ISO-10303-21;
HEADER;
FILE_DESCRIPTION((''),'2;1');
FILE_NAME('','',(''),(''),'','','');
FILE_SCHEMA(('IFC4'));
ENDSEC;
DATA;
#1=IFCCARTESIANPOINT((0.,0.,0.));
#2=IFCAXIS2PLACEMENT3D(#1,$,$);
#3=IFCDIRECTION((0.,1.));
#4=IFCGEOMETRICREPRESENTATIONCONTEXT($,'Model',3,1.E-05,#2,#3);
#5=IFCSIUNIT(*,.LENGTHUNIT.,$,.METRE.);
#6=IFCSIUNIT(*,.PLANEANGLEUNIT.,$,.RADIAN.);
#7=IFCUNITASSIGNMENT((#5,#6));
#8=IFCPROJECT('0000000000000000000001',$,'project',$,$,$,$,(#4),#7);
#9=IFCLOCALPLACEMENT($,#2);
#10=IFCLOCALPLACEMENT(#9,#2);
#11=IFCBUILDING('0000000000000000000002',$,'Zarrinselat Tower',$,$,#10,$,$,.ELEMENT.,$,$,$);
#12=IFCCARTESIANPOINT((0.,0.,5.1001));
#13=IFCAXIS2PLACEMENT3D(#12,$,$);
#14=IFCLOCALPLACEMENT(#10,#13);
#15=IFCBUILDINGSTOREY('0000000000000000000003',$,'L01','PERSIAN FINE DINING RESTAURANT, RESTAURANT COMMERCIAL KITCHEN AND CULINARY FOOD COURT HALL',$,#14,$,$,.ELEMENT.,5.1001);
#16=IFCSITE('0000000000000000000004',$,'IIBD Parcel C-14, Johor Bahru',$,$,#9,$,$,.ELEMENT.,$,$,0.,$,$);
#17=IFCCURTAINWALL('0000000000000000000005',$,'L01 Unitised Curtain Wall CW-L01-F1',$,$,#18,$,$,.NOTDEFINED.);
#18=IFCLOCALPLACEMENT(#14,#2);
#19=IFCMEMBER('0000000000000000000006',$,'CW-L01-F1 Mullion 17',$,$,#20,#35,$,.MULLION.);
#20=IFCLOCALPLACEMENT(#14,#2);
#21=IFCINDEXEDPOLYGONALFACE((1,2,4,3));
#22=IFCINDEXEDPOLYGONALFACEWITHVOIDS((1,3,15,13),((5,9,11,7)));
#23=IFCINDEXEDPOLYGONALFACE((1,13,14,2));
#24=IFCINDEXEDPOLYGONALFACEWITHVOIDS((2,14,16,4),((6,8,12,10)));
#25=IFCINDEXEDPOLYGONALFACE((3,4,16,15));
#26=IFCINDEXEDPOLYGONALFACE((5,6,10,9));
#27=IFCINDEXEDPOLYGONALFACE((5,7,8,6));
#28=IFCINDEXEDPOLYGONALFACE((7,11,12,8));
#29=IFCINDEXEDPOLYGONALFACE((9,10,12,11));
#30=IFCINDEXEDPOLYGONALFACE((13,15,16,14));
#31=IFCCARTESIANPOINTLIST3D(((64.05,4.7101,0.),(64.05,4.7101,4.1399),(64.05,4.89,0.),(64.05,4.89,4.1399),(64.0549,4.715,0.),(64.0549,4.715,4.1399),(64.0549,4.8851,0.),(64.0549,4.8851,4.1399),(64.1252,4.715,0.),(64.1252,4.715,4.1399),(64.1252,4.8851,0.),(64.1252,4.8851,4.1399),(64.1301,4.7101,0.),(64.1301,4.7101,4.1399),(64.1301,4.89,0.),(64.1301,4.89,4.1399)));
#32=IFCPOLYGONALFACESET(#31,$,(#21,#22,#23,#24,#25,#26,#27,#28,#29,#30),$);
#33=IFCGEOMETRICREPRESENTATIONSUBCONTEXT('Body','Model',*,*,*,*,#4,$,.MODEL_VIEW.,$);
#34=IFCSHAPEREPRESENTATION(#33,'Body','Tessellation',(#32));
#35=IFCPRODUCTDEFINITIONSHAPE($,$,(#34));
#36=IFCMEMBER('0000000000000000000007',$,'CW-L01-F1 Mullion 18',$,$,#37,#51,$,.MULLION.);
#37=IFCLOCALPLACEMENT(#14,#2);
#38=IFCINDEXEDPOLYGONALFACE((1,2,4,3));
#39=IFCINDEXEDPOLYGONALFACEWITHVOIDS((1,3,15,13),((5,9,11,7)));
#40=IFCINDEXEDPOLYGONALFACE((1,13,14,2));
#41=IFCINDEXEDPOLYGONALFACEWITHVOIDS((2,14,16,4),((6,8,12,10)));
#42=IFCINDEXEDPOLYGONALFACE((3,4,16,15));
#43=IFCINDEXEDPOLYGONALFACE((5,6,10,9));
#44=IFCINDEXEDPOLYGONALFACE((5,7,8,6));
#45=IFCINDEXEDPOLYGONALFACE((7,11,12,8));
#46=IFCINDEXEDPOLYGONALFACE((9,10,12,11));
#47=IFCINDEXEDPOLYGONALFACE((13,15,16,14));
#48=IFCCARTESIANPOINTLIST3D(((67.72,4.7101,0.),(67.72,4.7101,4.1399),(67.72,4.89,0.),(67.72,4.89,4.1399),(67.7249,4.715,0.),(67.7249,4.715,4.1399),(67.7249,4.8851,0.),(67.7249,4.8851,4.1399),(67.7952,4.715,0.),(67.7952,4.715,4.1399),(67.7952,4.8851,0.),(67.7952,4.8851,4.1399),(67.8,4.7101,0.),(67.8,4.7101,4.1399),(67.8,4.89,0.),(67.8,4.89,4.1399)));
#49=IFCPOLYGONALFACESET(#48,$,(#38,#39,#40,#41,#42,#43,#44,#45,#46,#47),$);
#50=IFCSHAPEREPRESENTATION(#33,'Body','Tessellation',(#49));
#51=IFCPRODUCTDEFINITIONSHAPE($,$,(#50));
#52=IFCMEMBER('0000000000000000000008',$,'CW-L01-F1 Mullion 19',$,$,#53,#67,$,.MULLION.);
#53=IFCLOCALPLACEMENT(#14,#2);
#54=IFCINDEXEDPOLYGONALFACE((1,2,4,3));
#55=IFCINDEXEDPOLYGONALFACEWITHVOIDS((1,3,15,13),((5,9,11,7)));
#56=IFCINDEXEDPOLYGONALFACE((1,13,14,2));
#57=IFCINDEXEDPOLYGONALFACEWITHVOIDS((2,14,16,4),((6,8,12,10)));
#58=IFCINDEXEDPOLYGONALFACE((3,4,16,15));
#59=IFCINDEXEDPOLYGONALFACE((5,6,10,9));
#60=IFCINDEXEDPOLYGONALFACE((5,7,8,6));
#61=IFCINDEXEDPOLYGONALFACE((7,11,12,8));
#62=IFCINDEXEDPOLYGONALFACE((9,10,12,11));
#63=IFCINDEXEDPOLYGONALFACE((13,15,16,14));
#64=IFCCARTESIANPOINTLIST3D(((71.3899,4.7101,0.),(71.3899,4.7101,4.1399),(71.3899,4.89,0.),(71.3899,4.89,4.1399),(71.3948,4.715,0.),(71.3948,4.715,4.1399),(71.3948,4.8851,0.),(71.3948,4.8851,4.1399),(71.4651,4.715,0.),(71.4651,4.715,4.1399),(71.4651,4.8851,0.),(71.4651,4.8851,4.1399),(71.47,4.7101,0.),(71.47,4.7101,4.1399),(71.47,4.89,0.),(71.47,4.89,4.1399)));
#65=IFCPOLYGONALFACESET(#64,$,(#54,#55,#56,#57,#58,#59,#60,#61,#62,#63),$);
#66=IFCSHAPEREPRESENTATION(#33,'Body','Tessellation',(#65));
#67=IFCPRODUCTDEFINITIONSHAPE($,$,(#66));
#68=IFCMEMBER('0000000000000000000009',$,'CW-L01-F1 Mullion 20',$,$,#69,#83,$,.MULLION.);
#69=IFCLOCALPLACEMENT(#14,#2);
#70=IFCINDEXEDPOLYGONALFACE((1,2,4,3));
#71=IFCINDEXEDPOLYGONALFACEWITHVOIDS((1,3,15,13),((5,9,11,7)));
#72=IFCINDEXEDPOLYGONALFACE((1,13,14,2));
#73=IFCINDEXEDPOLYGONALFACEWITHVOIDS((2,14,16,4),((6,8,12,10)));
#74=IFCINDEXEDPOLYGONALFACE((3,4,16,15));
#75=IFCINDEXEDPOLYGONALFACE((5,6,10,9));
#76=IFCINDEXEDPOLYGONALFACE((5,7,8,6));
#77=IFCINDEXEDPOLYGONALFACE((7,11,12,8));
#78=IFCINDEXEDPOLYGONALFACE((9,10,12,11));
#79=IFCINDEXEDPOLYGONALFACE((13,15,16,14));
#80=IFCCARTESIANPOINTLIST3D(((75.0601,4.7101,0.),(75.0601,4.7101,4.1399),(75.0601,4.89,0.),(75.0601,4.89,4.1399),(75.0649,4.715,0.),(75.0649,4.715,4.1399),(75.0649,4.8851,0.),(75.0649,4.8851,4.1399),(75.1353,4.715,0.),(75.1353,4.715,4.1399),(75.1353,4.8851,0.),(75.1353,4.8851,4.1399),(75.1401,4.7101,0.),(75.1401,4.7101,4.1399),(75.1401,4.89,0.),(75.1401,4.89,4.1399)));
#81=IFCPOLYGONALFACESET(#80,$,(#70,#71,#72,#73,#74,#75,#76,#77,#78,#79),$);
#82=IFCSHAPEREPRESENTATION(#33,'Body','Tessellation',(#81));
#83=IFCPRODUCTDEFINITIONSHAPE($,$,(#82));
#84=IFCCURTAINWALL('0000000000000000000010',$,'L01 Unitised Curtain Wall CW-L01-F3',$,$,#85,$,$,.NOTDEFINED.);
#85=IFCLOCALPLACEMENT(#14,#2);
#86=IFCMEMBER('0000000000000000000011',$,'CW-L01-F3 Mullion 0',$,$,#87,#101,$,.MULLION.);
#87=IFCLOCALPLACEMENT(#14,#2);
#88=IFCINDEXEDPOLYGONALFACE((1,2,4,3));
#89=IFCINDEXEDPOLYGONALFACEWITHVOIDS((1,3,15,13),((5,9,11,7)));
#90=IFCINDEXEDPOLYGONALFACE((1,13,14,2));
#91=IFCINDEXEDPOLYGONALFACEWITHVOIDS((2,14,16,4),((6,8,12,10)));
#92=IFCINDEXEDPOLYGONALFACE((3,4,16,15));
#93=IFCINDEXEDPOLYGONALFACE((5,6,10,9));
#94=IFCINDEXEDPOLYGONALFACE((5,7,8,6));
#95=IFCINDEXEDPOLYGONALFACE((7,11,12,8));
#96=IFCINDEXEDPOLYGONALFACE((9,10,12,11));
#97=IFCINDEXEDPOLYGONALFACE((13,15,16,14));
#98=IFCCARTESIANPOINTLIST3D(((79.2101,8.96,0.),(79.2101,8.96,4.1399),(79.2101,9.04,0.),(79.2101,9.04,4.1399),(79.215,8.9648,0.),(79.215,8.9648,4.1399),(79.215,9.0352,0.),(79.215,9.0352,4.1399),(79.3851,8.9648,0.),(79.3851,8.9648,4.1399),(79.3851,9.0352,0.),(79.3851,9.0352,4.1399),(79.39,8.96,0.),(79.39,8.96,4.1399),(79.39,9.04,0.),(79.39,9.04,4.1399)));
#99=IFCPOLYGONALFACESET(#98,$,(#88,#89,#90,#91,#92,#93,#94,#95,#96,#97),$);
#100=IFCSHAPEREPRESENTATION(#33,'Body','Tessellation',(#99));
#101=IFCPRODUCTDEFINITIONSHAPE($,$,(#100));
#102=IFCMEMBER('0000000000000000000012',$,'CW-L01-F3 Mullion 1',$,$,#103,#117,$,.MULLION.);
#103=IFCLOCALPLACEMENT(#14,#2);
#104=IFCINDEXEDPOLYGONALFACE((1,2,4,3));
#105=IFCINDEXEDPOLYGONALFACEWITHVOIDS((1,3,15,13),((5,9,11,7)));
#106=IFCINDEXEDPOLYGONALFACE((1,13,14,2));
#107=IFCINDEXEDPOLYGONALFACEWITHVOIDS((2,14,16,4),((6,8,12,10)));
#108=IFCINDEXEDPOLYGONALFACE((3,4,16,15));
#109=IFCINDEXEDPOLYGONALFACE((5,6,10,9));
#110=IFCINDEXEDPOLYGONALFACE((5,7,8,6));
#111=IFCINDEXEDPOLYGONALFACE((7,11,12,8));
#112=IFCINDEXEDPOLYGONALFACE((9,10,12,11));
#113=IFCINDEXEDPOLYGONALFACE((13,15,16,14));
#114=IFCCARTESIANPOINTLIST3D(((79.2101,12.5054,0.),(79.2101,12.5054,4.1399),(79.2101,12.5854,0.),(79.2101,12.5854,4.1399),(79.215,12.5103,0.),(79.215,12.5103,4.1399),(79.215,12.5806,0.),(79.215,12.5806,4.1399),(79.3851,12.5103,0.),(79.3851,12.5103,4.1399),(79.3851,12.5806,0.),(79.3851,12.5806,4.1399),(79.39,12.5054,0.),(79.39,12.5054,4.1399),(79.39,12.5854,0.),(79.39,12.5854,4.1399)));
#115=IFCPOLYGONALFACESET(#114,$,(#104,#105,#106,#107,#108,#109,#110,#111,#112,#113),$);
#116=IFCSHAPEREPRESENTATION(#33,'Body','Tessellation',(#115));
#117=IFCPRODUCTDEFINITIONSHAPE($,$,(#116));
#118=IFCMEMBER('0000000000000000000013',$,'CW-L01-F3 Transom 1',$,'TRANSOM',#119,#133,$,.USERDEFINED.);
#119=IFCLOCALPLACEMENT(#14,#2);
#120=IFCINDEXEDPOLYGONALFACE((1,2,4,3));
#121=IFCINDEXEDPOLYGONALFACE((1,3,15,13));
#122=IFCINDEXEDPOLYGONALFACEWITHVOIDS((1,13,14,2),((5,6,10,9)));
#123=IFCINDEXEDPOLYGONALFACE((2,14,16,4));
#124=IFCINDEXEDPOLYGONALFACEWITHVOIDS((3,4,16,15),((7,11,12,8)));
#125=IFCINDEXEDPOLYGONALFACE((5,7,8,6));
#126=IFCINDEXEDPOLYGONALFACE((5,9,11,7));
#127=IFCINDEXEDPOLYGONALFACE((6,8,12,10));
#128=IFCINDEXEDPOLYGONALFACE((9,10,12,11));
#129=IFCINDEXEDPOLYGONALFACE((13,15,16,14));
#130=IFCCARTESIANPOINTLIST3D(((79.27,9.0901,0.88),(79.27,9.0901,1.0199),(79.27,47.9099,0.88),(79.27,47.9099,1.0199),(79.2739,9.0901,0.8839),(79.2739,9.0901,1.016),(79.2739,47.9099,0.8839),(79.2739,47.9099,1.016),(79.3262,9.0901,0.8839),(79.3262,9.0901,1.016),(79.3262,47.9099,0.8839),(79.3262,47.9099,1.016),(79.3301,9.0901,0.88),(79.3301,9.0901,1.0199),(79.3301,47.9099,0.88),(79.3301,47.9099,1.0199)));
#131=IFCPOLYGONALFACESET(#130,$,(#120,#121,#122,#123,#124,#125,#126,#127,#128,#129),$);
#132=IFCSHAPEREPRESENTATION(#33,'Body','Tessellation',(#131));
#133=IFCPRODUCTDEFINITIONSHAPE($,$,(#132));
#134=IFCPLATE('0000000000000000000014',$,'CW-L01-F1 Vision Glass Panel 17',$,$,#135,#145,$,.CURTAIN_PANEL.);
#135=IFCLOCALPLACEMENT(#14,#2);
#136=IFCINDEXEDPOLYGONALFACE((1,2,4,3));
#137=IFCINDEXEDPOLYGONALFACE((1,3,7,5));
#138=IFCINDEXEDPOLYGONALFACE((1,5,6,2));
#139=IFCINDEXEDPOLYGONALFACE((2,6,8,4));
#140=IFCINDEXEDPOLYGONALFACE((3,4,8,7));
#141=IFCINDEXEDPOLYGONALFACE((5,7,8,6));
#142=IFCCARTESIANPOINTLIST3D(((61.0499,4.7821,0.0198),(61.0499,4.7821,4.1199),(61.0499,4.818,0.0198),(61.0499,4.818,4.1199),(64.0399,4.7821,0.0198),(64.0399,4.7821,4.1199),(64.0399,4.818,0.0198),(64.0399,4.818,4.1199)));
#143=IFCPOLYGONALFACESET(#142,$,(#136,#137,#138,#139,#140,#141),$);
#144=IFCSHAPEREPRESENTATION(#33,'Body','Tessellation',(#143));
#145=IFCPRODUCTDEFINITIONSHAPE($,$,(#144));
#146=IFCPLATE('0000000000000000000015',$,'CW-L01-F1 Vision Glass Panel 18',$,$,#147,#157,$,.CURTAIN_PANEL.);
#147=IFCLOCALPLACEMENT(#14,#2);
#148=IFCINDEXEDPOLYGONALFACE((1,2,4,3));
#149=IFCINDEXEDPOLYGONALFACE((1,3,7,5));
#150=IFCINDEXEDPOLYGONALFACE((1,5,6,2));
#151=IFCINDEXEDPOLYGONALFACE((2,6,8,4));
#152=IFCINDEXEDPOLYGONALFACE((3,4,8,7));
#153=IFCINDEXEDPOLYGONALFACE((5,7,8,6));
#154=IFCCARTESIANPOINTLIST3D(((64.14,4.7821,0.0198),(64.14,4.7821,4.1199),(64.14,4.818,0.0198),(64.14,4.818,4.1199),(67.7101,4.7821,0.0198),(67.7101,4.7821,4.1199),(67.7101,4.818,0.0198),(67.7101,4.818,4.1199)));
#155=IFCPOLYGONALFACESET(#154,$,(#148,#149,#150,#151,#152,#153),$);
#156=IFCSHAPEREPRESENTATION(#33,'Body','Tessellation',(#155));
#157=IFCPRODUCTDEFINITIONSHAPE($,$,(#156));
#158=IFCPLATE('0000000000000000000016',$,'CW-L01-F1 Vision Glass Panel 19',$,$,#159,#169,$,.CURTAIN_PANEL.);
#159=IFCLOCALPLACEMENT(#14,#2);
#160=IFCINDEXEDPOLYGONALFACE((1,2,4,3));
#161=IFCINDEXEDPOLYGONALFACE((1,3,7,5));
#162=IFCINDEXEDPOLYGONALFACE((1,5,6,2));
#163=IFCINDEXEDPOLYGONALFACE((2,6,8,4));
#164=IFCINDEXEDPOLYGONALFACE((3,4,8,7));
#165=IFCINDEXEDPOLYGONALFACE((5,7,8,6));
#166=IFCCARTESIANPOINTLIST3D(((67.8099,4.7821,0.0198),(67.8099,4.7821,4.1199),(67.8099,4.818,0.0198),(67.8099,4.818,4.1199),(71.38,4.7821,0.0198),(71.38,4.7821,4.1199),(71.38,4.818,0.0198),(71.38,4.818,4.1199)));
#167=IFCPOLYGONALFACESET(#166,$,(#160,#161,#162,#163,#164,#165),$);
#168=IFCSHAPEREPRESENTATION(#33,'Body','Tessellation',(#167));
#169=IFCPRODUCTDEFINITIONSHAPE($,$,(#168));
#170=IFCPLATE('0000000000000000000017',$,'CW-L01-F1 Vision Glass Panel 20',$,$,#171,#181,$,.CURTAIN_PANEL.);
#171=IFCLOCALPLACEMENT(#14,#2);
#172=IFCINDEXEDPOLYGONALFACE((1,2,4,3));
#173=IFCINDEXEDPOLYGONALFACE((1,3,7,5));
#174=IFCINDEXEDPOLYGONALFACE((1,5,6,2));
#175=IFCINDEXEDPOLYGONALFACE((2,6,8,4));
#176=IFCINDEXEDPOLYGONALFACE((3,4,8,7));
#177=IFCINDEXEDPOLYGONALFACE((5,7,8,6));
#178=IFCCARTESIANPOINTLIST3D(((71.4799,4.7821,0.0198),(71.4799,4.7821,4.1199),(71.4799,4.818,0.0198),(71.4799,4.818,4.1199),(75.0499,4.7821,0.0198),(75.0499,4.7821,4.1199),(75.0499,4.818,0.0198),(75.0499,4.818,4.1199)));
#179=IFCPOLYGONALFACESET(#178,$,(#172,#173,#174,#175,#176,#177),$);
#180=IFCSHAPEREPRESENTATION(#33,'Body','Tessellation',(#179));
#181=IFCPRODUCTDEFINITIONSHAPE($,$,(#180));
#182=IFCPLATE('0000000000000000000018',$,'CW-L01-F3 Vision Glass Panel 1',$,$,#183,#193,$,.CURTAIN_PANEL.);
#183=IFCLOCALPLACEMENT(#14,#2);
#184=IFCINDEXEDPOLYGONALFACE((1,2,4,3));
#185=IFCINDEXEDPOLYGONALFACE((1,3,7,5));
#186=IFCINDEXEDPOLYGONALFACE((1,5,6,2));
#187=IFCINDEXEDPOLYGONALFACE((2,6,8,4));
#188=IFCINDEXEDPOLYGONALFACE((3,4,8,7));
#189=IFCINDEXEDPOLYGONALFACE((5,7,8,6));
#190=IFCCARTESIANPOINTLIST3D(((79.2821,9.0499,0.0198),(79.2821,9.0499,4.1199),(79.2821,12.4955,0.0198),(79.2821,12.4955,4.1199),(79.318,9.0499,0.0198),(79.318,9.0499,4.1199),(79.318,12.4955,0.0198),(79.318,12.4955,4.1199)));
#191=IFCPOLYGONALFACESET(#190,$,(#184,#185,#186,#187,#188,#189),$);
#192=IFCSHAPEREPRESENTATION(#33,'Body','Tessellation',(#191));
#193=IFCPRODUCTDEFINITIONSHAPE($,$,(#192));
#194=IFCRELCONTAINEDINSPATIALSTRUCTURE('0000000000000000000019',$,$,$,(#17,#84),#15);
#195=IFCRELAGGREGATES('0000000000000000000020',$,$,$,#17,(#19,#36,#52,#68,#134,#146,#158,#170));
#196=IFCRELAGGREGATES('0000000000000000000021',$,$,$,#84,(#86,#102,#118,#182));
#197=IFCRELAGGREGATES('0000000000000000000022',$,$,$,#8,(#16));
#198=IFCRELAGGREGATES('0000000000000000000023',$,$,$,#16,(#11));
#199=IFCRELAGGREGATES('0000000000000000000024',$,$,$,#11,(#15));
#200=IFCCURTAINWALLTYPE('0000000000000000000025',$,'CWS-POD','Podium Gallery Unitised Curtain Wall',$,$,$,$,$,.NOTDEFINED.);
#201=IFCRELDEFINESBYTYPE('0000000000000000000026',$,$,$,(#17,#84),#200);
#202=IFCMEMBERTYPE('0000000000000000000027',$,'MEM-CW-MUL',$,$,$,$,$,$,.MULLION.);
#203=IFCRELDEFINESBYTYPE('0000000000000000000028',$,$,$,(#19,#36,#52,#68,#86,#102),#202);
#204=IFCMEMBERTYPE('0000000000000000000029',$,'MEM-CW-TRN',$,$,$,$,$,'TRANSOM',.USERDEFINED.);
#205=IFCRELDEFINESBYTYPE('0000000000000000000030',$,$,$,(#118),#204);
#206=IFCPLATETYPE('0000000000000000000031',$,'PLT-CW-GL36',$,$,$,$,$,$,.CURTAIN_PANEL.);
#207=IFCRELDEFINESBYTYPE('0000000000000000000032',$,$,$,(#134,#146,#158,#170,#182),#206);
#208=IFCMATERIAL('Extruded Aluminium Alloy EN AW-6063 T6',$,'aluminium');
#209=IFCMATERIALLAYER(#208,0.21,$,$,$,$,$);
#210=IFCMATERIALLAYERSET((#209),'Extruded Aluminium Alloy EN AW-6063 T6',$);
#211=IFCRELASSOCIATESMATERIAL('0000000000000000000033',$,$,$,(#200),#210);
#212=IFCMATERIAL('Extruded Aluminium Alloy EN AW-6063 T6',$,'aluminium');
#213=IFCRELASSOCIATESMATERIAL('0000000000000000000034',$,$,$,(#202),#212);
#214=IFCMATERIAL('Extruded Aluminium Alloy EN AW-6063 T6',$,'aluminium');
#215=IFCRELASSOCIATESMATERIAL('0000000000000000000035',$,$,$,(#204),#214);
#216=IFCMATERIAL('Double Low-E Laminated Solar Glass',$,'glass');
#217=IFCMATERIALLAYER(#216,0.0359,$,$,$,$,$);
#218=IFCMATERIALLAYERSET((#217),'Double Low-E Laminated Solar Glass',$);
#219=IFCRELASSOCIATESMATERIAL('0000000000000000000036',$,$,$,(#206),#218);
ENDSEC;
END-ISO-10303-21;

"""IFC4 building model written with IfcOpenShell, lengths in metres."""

from ifc_helpers import new_model, si_unit, direction, frame, origin, origin_2d, place, context, subcontext, project, spatial, rectangle, hollow_rectangle, extrude, material, layer, layer_set, material_profile, profile_set, type_object, element, aggregate, save


model = new_model("IFC4")

# Units and contexts
model_context = context("Model", 3, precision=1e-05, world=origin(), true_north=direction((0.0, 1.0)))
body_context = subcontext(model_context, "Body", "Model", "MODEL_VIEW")
ifc_project = project(units=[si_unit("LENGTHUNIT", "METRE"), si_unit("PLANEANGLEUNIT", "RADIAN")], contexts=[model_context])

# Site, building, storey
site_placement = place(None, origin())
site = spatial("IfcSite", under=ifc_project, at=site_placement, Name="IIBD Parcel C-14, Johor Bahru", CompositionType="ELEMENT", RefElevation=0.0)
building_placement = place(site_placement, origin())
building = spatial("IfcBuilding", under=site, at=building_placement, Name="Zarrinselat Tower", CompositionType="ELEMENT")
storey_placement = place(building_placement, frame((0.0, 0.0, 5.1001)))
storey = spatial("IfcBuildingStorey", under=building, at=storey_placement, Name="L01", Description="PERSIAN FINE DINING RESTAURANT, RESTAURANT COMMERCIAL KITCHEN AND CULINARY FOOD COURT HALL", CompositionType="ELEMENT", Elevation=5.1001)

# Curtain walls, members
ifc_material_1 = material(Name="Extruded Aluminium Alloy EN AW-6063 T6", Category="aluminium")
ifc_layer_1 = layer(ifc_material_1, 0.21)
ifc_layer_set_1 = layer_set([ifc_layer_1], Name="Extruded Aluminium Alloy EN AW-6063 T6")
curtain_wall_type = type_object("IfcCurtainWallType", Name="CWS-POD", Description="Podium Gallery Unitised Curtain Wall", PredefinedType="NOTDEFINED", material=ifc_layer_set_1)
curtain_wall_1_placement = place(storey_placement, origin())
curtain_wall_1 = element("IfcCurtainWall", 1, at=curtain_wall_1_placement, inside=storey, type_object=curtain_wall_type, Name="L01 Unitised Curtain Wall CW-L01-F1", PredefinedType="NOTDEFINED")
ifc_material_2 = material(Name="Extruded Aluminium Alloy EN AW-6063 T6", Category="aluminium")
ifc_material_profile_1 = material_profile(ifc_material_2, hollow_rectangle(XDim=0.0801, YDim=0.1799, WallThickness=0.0049, at=origin_2d()), Name="RHS 180x80x5")
ifc_profile_set_1 = profile_set([ifc_material_profile_1], Name="Extruded Aluminium Alloy EN AW-6063 T6")
member_type_1 = type_object("IfcMemberType", Name="MEM-CW-MUL", PredefinedType="MULLION", material=ifc_profile_set_1)
member_1_placement = place(storey_placement, frame((64.0901, 4.8, 0.0), z_axis=(0.0, 0.0, 1.0), x_axis=(1.0, 0.0, 0.0)))
member_1 = element("IfcMember", 2, at=member_1_placement, type_object=member_type_1, Name="CW-L01-F1 Mullion 17", PredefinedType="MULLION", context=body_context, shape_type="SweptSolid", body=[
    extrude(hollow_rectangle(XDim=0.0801, YDim=0.1799, WallThickness=0.0049, at=origin_2d()), origin(), (0.0, 0.0, 1.0), 4.1399),
])
member_2_placement = place(storey_placement, frame((67.76, 4.8, 0.0), z_axis=(0.0, 0.0, 1.0), x_axis=(1.0, 0.0, 0.0)))
member_2 = element("IfcMember", 3, at=member_2_placement, type_object=member_type_1, Name="CW-L01-F1 Mullion 18", PredefinedType="MULLION", context=body_context, shape_type="SweptSolid", body=[
    extrude(hollow_rectangle(XDim=0.0801, YDim=0.1799, WallThickness=0.0049, at=origin_2d()), origin(), (0.0, 0.0, 1.0), 4.1399),
])
member_3_placement = place(storey_placement, frame((71.4299, 4.8, 0.0), z_axis=(0.0, 0.0, 1.0), x_axis=(1.0, 0.0, 0.0)))
member_3 = element("IfcMember", 4, at=member_3_placement, type_object=member_type_1, Name="CW-L01-F1 Mullion 19", PredefinedType="MULLION", context=body_context, shape_type="SweptSolid", body=[
    extrude(hollow_rectangle(XDim=0.0801, YDim=0.1799, WallThickness=0.0049, at=origin_2d()), origin(), (0.0, 0.0, 1.0), 4.1399),
])
member_4_placement = place(storey_placement, frame((75.1001, 4.8, 0.0), z_axis=(0.0, 0.0, 1.0), x_axis=(1.0, 0.0, 0.0)))
member_4 = element("IfcMember", 5, at=member_4_placement, type_object=member_type_1, Name="CW-L01-F1 Mullion 20", PredefinedType="MULLION", context=body_context, shape_type="SweptSolid", body=[
    extrude(hollow_rectangle(XDim=0.0801, YDim=0.1799, WallThickness=0.0049, at=origin_2d()), origin(), (0.0, 0.0, 1.0), 4.1399),
])
curtain_wall_2_placement = place(storey_placement, origin())
curtain_wall_2 = element("IfcCurtainWall", 6, at=curtain_wall_2_placement, inside=storey, type_object=curtain_wall_type, Name="L01 Unitised Curtain Wall CW-L01-F3", PredefinedType="NOTDEFINED")
member_5_placement = place(storey_placement, frame((79.3, 9.0, 0.0), z_axis=(0.0, 0.0, 1.0), x_axis=(0.0, 1.0, 0.0)))
member_5 = element("IfcMember", 7, at=member_5_placement, type_object=member_type_1, Name="CW-L01-F3 Mullion 0", PredefinedType="MULLION", context=body_context, shape_type="SweptSolid", body=[
    extrude(hollow_rectangle(XDim=0.0801, YDim=0.1799, WallThickness=0.0049, at=origin_2d()), origin(), (0.0, 0.0, 1.0), 4.1399),
])
member_6_placement = place(storey_placement, frame((79.3, 12.5454, 0.0), z_axis=(0.0, 0.0, 1.0), x_axis=(0.0, 1.0, 0.0)))
member_6 = element("IfcMember", 8, at=member_6_placement, type_object=member_type_1, Name="CW-L01-F3 Mullion 1", PredefinedType="MULLION", context=body_context, shape_type="SweptSolid", body=[
    extrude(hollow_rectangle(XDim=0.0801, YDim=0.1799, WallThickness=0.0049, at=origin_2d()), origin(), (0.0, 0.0, 1.0), 4.1399),
])
ifc_material_3 = material(Name="Extruded Aluminium Alloy EN AW-6063 T6", Category="aluminium")
ifc_material_profile_2 = material_profile(ifc_material_3, hollow_rectangle(XDim=0.0601, YDim=0.1399, WallThickness=0.0039, at=origin_2d()), Name="RHS 140x60x4")
ifc_profile_set_2 = profile_set([ifc_material_profile_2], Name="Extruded Aluminium Alloy EN AW-6063 T6")
member_type_2 = type_object("IfcMemberType", Name="MEM-CW-TRN", ElementType="TRANSOM", PredefinedType="USERDEFINED", material=ifc_profile_set_2)
member_7_placement = place(storey_placement, frame((79.3, 9.0901, 0.95), z_axis=(0.0, 1.0, 0.0), x_axis=(-1.0, 0.0, 0.0)))
member_7 = element("IfcMember", 9, at=member_7_placement, type_object=member_type_2, Name="CW-L01-F3 Transom 1", ObjectType="TRANSOM", PredefinedType="USERDEFINED", context=body_context, shape_type="SweptSolid", body=[
    extrude(hollow_rectangle(XDim=0.0601, YDim=0.1399, WallThickness=0.0039, at=origin_2d()), origin(), (0.0, 0.0, 1.0), 38.8198),
])

# Plates
ifc_material_4 = material(Name="Double Low-E Laminated Solar Glass", Category="glass")
ifc_layer_2 = layer(ifc_material_4, 0.0359)
ifc_layer_set_2 = layer_set([ifc_layer_2], Name="Double Low-E Laminated Solar Glass")
plate_type = type_object("IfcPlateType", Name="PLT-CW-GL36", PredefinedType="CURTAIN_PANEL", material=ifc_layer_set_2)
plate_1_placement = place(storey_placement, frame((62.5449, 4.8, 0.0198), z_axis=(0.0, 0.0, 1.0), x_axis=(1.0, 0.0, 0.0)))
plate_1 = element("IfcPlate", 10, at=plate_1_placement, type_object=plate_type, Name="CW-L01-F1 Vision Glass Panel 17", PredefinedType="CURTAIN_PANEL", context=body_context, shape_type="SweptSolid", body=[
    extrude(rectangle(XDim=2.99, YDim=0.0359, at=origin_2d()), origin(), (0.0, 0.0, 1.0), 4.1001),
])
plate_2_placement = place(storey_placement, frame((65.925, 4.8, 0.0198), z_axis=(0.0, 0.0, 1.0), x_axis=(1.0, 0.0, 0.0)))
plate_2 = element("IfcPlate", 11, at=plate_2_placement, type_object=plate_type, Name="CW-L01-F1 Vision Glass Panel 18", PredefinedType="CURTAIN_PANEL", context=body_context, shape_type="SweptSolid", body=[
    extrude(rectangle(XDim=3.5701, YDim=0.0359, at=origin_2d()), origin(), (0.0, 0.0, 1.0), 4.1001),
])
plate_3_placement = place(storey_placement, frame((69.595, 4.8, 0.0198), z_axis=(0.0, 0.0, 1.0), x_axis=(1.0, 0.0, 0.0)))
plate_3 = element("IfcPlate", 12, at=plate_3_placement, type_object=plate_type, Name="CW-L01-F1 Vision Glass Panel 19", PredefinedType="CURTAIN_PANEL", context=body_context, shape_type="SweptSolid", body=[
    extrude(rectangle(XDim=3.5701, YDim=0.0359, at=origin_2d()), origin(), (0.0, 0.0, 1.0), 4.1001),
])
plate_4_placement = place(storey_placement, frame((73.2649, 4.8, 0.0198), z_axis=(0.0, 0.0, 1.0), x_axis=(1.0, 0.0, 0.0)))
plate_4 = element("IfcPlate", 13, at=plate_4_placement, type_object=plate_type, Name="CW-L01-F1 Vision Glass Panel 20", PredefinedType="CURTAIN_PANEL", context=body_context, shape_type="SweptSolid", body=[
    extrude(rectangle(XDim=3.5701, YDim=0.0359, at=origin_2d()), origin(), (0.0, 0.0, 1.0), 4.1001),
])
aggregate(curtain_wall_1, [member_1, member_2, member_3, member_4, plate_1, plate_2, plate_3, plate_4])
plate_5_placement = place(storey_placement, frame((79.3, 10.7727, 0.0198), z_axis=(0.0, 0.0, 1.0), x_axis=(0.0, 1.0, 0.0)))
plate_5 = element("IfcPlate", 14, at=plate_5_placement, type_object=plate_type, Name="CW-L01-F3 Vision Glass Panel 1", PredefinedType="CURTAIN_PANEL", context=body_context, shape_type="SweptSolid", body=[
    extrude(rectangle(XDim=3.4456, YDim=0.0359, at=origin_2d()), origin(), (0.0, 0.0, 1.0), 4.1001),
])
aggregate(curtain_wall_2, [member_5, member_6, member_7, plate_5])

save(model, "model.ifc")
